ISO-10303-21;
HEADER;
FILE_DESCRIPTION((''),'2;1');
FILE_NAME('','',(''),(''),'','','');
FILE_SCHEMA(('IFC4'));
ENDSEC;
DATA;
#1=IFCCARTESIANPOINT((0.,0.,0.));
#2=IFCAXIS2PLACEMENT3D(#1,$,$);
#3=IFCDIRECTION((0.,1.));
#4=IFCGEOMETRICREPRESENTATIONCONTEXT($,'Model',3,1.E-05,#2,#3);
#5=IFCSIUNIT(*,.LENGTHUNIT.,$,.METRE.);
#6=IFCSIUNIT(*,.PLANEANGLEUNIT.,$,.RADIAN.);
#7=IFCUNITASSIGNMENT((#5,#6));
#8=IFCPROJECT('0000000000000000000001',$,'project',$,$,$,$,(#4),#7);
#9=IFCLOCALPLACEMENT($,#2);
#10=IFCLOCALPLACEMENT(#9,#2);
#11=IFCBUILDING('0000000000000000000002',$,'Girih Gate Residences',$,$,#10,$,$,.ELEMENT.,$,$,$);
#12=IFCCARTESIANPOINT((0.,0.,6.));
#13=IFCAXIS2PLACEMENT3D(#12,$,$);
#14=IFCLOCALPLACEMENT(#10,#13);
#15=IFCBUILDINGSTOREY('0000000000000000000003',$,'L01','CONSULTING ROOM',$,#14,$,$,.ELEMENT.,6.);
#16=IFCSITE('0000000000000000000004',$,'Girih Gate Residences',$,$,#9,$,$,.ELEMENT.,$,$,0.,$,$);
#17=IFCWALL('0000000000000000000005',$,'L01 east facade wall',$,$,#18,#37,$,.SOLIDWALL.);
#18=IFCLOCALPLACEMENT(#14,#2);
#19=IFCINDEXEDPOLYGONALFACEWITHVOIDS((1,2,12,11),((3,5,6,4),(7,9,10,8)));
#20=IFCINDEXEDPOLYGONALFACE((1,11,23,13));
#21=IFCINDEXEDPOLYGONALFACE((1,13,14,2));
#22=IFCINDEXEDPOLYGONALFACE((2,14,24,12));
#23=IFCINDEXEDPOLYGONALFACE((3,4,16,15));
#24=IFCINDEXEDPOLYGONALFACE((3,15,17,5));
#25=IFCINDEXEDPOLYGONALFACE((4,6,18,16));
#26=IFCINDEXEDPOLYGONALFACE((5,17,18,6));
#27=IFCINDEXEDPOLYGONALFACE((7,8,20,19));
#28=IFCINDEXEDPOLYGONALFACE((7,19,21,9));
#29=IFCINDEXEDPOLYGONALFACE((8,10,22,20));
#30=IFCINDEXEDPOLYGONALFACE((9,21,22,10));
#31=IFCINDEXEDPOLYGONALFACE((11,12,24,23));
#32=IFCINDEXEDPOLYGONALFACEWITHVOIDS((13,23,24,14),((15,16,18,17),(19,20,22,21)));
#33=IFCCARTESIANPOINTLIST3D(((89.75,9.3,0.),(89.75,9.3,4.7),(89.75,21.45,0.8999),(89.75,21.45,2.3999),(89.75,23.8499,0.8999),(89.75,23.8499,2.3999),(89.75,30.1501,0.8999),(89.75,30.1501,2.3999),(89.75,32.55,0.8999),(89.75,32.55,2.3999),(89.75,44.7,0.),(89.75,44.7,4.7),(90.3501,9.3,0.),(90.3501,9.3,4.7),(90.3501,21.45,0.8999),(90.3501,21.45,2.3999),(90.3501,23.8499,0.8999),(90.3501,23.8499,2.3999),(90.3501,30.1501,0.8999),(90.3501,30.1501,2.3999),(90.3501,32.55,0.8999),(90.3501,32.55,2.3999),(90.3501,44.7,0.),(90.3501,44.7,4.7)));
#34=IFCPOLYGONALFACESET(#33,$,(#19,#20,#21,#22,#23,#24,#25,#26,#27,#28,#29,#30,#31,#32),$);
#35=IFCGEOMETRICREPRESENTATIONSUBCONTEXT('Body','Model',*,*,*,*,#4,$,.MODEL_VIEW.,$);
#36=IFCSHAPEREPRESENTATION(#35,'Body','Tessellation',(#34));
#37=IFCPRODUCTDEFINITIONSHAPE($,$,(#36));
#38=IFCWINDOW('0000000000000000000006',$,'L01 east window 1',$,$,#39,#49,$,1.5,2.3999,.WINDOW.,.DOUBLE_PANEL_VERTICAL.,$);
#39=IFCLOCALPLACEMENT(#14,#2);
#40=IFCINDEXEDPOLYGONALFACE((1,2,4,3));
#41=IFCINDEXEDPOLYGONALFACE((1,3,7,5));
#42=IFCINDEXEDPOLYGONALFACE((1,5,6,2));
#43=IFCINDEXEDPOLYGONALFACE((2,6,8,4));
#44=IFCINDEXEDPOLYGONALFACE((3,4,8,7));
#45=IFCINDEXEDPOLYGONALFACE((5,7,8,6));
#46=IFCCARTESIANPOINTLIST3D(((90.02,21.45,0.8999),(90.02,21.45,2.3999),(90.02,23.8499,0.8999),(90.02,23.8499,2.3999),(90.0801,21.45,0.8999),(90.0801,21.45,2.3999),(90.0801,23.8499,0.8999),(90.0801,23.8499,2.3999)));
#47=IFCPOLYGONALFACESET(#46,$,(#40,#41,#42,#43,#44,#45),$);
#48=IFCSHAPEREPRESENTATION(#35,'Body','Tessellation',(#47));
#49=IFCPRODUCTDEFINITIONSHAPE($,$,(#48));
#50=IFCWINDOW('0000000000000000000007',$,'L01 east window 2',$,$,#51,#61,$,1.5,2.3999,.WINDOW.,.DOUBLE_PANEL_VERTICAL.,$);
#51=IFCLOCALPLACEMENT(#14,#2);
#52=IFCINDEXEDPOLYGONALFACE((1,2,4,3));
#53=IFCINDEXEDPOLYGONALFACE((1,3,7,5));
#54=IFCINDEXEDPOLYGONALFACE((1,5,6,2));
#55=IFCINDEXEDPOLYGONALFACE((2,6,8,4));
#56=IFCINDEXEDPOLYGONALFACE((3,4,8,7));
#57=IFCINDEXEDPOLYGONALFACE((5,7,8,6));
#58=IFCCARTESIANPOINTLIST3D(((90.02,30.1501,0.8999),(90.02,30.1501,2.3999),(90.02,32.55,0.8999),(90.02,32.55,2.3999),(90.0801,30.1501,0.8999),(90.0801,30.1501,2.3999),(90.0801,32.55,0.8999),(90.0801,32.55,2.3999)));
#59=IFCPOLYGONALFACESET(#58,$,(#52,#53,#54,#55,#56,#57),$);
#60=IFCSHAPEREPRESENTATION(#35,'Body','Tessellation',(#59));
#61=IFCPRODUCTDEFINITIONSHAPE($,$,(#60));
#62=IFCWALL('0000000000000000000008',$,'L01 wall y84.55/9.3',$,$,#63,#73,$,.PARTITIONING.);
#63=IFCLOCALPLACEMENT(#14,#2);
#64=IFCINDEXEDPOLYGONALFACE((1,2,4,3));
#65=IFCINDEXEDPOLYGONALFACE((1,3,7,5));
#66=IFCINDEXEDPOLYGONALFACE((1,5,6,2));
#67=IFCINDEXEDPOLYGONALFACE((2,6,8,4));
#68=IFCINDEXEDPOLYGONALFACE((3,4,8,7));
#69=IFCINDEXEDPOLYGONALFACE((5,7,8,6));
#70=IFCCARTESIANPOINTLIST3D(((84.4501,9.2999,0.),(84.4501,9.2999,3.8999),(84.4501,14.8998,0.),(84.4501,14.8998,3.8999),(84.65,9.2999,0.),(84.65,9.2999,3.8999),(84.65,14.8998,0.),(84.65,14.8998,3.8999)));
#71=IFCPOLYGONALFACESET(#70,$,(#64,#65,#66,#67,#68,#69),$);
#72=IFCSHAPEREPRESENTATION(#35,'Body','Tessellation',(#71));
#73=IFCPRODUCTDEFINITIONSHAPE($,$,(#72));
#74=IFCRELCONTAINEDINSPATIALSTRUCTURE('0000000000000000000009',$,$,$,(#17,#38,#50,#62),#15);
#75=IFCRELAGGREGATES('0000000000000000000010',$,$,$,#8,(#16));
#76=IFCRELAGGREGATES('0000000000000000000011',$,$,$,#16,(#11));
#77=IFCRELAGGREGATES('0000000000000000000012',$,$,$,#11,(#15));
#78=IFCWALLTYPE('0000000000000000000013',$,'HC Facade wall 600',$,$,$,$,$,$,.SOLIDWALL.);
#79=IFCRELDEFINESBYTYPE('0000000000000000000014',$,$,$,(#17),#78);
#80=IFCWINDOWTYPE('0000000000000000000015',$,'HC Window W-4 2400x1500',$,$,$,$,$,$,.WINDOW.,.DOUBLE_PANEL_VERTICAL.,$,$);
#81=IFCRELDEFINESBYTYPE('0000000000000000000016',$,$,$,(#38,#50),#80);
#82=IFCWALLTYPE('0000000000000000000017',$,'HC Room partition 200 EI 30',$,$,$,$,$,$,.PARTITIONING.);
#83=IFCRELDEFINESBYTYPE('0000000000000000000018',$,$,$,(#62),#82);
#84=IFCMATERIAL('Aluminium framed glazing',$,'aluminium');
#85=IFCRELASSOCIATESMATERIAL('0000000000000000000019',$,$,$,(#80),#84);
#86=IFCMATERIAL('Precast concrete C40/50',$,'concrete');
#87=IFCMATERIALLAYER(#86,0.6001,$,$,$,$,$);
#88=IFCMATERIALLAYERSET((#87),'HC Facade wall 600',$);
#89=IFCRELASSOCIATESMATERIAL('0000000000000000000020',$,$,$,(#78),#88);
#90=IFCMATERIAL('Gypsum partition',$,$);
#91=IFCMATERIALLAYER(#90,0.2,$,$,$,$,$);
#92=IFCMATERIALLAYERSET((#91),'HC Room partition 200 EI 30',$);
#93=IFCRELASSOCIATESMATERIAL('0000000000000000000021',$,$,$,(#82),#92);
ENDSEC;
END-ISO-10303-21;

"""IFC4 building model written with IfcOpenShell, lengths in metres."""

from ifc_helpers import new_model, si_unit, direction, frame, frame_2d, origin, place, context, subcontext, project, spatial, rectangle, extrude, material, layer, layer_set, type_object, element, fill, save


model = new_model("IFC4")

# Units and contexts
model_context = context("Model", 3, precision=1e-05, world=origin(), true_north=direction((0.0, 1.0)))
body_context = subcontext(model_context, "Body", "Model", "MODEL_VIEW")
ifc_project = project(units=[si_unit("LENGTHUNIT", "METRE"), si_unit("PLANEANGLEUNIT", "RADIAN")], contexts=[model_context])

# Site, building, storey
site_placement = place(None, origin())
site = spatial("IfcSite", under=ifc_project, at=site_placement, Name="Girih Gate Residences", CompositionType="ELEMENT", RefElevation=0.0)
building_placement = place(site_placement, origin())
building = spatial("IfcBuilding", under=site, at=building_placement, Name="Girih Gate Residences", CompositionType="ELEMENT")
storey_placement = place(building_placement, frame((0.0, 0.0, 6.0)))
storey = spatial("IfcBuildingStorey", under=building, at=storey_placement, Name="L01", Description="CONSULTING ROOM", CompositionType="ELEMENT", Elevation=6.0)

# Wall, openings, windows
ifc_material_1 = material(Name="Precast concrete C40/50", Category="concrete")
ifc_material_2 = material(Name="Aluminium framed glazing", Category="aluminium")
window_type = type_object("IfcWindowType", Name="HC Window W-4 2400x1500", PartitioningType="DOUBLE_PANEL_VERTICAL", PredefinedType="WINDOW", material=ifc_material_2)
ifc_layer_1 = layer(ifc_material_1, 0.6001)
ifc_layer_set_1 = layer_set([ifc_layer_1], Name="HC Facade wall 600")
wall_type_1 = type_object("IfcWallType", Name="HC Facade wall 600", PredefinedType="SOLIDWALL", material=ifc_layer_set_1)
wall_1_placement = place(storey_placement, frame((90.05, 9.3, 0.0), z_axis=(0.0, 0.0, 1.0), x_axis=(0.0, 1.0, 0.0)))
wall_1 = element("IfcWall", 1, at=wall_1_placement, inside=storey, type_object=wall_type_1, Name="L01 east facade wall", PredefinedType="SOLIDWALL", context=body_context, shape_type="SweptSolid", body=[
    extrude(rectangle(XDim=35.3999, YDim=0.6001, at=frame_2d((17.7, 0.0))), origin(), (0.0, 0.0, 1.0), 4.7),
])
opening_1_placement = place(wall_1_placement, frame((12.1499, 0.0, 0.8999)))
opening_1 = element("IfcOpeningElement", 2, at=opening_1_placement, cuts=wall_1, PredefinedType="OPENING", context=body_context, shape_type="SweptSolid", body=[
    extrude(rectangle(XDim=2.3999, YDim=1.5, at=frame_2d((1.2, 0.75))), frame((0.0, 0.3101, 0.0), z_axis=(0.0, -1.0, 0.0), x_axis=(1.0, 0.0, 0.0)), (0.0, 0.0, 1.0), 0.6201),
])
opening_2_placement = place(wall_1_placement, frame((20.8501, 0.0, 0.8999)))
opening_2 = element("IfcOpeningElement", 3, at=opening_2_placement, cuts=wall_1, PredefinedType="OPENING", context=body_context, shape_type="SweptSolid", body=[
    extrude(rectangle(XDim=2.3999, YDim=1.5, at=frame_2d((1.2, 0.75))), frame((0.0, 0.3101, 0.0), z_axis=(0.0, -1.0, 0.0), x_axis=(1.0, 0.0, 0.0)), (0.0, 0.0, 1.0), 0.6201),
])
window_1_placement = place(opening_1_placement, origin())
window_1 = element("IfcWindow", 4, at=window_1_placement, inside=storey, type_object=window_type, Name="L01 east window 1", OverallHeight=1.5, OverallWidth=2.3999, PartitioningType="DOUBLE_PANEL_VERTICAL", PredefinedType="WINDOW", context=body_context, shape_type="SweptSolid", body=[
    extrude(rectangle(XDim=2.3999, YDim=1.5, at=frame_2d((1.2, 0.75))), frame((0.0, 0.03, 0.0), z_axis=(0.0, -1.0, 0.0), x_axis=(1.0, 0.0, 0.0)), (0.0, 0.0, 1.0), 0.0601),
])
fill(opening_1, window_1)
window_2_placement = place(opening_2_placement, origin())
window_2 = element("IfcWindow", 5, at=window_2_placement, inside=storey, type_object=window_type, Name="L01 east window 2", OverallHeight=1.5, OverallWidth=2.3999, PartitioningType="DOUBLE_PANEL_VERTICAL", PredefinedType="WINDOW", context=body_context, shape_type="SweptSolid", body=[
    extrude(rectangle(XDim=2.3999, YDim=1.5, at=frame_2d((1.2, 0.75))), frame((0.0, 0.03, 0.0), z_axis=(0.0, -1.0, 0.0), x_axis=(1.0, 0.0, 0.0)), (0.0, 0.0, 1.0), 0.0601),
])
fill(opening_2, window_2)

# Wall
ifc_material_3 = material(Name="Gypsum partition")
ifc_layer_2 = layer(ifc_material_3, 0.2)
ifc_layer_set_2 = layer_set([ifc_layer_2], Name="HC Room partition 200 EI 30")
wall_type_2 = type_object("IfcWallType", Name="HC Room partition 200 EI 30", PredefinedType="PARTITIONING", material=ifc_layer_set_2)
wall_2_placement = place(storey_placement, frame((84.55, 9.3, 0.0), z_axis=(0.0, 0.0, 1.0), x_axis=(0.0, 1.0, 0.0)))
element("IfcWall", 6, at=wall_2_placement, inside=storey, type_object=wall_type_2, Name="L01 wall y84.55/9.3", PredefinedType="PARTITIONING", context=body_context, shape_type="SweptSolid", body=[
    extrude(rectangle(XDim=5.5999, YDim=0.2, at=frame_2d((2.7998, 0.0))), origin(), (0.0, 0.0, 1.0), 3.8999),
])

save(model, "model.ifc")
